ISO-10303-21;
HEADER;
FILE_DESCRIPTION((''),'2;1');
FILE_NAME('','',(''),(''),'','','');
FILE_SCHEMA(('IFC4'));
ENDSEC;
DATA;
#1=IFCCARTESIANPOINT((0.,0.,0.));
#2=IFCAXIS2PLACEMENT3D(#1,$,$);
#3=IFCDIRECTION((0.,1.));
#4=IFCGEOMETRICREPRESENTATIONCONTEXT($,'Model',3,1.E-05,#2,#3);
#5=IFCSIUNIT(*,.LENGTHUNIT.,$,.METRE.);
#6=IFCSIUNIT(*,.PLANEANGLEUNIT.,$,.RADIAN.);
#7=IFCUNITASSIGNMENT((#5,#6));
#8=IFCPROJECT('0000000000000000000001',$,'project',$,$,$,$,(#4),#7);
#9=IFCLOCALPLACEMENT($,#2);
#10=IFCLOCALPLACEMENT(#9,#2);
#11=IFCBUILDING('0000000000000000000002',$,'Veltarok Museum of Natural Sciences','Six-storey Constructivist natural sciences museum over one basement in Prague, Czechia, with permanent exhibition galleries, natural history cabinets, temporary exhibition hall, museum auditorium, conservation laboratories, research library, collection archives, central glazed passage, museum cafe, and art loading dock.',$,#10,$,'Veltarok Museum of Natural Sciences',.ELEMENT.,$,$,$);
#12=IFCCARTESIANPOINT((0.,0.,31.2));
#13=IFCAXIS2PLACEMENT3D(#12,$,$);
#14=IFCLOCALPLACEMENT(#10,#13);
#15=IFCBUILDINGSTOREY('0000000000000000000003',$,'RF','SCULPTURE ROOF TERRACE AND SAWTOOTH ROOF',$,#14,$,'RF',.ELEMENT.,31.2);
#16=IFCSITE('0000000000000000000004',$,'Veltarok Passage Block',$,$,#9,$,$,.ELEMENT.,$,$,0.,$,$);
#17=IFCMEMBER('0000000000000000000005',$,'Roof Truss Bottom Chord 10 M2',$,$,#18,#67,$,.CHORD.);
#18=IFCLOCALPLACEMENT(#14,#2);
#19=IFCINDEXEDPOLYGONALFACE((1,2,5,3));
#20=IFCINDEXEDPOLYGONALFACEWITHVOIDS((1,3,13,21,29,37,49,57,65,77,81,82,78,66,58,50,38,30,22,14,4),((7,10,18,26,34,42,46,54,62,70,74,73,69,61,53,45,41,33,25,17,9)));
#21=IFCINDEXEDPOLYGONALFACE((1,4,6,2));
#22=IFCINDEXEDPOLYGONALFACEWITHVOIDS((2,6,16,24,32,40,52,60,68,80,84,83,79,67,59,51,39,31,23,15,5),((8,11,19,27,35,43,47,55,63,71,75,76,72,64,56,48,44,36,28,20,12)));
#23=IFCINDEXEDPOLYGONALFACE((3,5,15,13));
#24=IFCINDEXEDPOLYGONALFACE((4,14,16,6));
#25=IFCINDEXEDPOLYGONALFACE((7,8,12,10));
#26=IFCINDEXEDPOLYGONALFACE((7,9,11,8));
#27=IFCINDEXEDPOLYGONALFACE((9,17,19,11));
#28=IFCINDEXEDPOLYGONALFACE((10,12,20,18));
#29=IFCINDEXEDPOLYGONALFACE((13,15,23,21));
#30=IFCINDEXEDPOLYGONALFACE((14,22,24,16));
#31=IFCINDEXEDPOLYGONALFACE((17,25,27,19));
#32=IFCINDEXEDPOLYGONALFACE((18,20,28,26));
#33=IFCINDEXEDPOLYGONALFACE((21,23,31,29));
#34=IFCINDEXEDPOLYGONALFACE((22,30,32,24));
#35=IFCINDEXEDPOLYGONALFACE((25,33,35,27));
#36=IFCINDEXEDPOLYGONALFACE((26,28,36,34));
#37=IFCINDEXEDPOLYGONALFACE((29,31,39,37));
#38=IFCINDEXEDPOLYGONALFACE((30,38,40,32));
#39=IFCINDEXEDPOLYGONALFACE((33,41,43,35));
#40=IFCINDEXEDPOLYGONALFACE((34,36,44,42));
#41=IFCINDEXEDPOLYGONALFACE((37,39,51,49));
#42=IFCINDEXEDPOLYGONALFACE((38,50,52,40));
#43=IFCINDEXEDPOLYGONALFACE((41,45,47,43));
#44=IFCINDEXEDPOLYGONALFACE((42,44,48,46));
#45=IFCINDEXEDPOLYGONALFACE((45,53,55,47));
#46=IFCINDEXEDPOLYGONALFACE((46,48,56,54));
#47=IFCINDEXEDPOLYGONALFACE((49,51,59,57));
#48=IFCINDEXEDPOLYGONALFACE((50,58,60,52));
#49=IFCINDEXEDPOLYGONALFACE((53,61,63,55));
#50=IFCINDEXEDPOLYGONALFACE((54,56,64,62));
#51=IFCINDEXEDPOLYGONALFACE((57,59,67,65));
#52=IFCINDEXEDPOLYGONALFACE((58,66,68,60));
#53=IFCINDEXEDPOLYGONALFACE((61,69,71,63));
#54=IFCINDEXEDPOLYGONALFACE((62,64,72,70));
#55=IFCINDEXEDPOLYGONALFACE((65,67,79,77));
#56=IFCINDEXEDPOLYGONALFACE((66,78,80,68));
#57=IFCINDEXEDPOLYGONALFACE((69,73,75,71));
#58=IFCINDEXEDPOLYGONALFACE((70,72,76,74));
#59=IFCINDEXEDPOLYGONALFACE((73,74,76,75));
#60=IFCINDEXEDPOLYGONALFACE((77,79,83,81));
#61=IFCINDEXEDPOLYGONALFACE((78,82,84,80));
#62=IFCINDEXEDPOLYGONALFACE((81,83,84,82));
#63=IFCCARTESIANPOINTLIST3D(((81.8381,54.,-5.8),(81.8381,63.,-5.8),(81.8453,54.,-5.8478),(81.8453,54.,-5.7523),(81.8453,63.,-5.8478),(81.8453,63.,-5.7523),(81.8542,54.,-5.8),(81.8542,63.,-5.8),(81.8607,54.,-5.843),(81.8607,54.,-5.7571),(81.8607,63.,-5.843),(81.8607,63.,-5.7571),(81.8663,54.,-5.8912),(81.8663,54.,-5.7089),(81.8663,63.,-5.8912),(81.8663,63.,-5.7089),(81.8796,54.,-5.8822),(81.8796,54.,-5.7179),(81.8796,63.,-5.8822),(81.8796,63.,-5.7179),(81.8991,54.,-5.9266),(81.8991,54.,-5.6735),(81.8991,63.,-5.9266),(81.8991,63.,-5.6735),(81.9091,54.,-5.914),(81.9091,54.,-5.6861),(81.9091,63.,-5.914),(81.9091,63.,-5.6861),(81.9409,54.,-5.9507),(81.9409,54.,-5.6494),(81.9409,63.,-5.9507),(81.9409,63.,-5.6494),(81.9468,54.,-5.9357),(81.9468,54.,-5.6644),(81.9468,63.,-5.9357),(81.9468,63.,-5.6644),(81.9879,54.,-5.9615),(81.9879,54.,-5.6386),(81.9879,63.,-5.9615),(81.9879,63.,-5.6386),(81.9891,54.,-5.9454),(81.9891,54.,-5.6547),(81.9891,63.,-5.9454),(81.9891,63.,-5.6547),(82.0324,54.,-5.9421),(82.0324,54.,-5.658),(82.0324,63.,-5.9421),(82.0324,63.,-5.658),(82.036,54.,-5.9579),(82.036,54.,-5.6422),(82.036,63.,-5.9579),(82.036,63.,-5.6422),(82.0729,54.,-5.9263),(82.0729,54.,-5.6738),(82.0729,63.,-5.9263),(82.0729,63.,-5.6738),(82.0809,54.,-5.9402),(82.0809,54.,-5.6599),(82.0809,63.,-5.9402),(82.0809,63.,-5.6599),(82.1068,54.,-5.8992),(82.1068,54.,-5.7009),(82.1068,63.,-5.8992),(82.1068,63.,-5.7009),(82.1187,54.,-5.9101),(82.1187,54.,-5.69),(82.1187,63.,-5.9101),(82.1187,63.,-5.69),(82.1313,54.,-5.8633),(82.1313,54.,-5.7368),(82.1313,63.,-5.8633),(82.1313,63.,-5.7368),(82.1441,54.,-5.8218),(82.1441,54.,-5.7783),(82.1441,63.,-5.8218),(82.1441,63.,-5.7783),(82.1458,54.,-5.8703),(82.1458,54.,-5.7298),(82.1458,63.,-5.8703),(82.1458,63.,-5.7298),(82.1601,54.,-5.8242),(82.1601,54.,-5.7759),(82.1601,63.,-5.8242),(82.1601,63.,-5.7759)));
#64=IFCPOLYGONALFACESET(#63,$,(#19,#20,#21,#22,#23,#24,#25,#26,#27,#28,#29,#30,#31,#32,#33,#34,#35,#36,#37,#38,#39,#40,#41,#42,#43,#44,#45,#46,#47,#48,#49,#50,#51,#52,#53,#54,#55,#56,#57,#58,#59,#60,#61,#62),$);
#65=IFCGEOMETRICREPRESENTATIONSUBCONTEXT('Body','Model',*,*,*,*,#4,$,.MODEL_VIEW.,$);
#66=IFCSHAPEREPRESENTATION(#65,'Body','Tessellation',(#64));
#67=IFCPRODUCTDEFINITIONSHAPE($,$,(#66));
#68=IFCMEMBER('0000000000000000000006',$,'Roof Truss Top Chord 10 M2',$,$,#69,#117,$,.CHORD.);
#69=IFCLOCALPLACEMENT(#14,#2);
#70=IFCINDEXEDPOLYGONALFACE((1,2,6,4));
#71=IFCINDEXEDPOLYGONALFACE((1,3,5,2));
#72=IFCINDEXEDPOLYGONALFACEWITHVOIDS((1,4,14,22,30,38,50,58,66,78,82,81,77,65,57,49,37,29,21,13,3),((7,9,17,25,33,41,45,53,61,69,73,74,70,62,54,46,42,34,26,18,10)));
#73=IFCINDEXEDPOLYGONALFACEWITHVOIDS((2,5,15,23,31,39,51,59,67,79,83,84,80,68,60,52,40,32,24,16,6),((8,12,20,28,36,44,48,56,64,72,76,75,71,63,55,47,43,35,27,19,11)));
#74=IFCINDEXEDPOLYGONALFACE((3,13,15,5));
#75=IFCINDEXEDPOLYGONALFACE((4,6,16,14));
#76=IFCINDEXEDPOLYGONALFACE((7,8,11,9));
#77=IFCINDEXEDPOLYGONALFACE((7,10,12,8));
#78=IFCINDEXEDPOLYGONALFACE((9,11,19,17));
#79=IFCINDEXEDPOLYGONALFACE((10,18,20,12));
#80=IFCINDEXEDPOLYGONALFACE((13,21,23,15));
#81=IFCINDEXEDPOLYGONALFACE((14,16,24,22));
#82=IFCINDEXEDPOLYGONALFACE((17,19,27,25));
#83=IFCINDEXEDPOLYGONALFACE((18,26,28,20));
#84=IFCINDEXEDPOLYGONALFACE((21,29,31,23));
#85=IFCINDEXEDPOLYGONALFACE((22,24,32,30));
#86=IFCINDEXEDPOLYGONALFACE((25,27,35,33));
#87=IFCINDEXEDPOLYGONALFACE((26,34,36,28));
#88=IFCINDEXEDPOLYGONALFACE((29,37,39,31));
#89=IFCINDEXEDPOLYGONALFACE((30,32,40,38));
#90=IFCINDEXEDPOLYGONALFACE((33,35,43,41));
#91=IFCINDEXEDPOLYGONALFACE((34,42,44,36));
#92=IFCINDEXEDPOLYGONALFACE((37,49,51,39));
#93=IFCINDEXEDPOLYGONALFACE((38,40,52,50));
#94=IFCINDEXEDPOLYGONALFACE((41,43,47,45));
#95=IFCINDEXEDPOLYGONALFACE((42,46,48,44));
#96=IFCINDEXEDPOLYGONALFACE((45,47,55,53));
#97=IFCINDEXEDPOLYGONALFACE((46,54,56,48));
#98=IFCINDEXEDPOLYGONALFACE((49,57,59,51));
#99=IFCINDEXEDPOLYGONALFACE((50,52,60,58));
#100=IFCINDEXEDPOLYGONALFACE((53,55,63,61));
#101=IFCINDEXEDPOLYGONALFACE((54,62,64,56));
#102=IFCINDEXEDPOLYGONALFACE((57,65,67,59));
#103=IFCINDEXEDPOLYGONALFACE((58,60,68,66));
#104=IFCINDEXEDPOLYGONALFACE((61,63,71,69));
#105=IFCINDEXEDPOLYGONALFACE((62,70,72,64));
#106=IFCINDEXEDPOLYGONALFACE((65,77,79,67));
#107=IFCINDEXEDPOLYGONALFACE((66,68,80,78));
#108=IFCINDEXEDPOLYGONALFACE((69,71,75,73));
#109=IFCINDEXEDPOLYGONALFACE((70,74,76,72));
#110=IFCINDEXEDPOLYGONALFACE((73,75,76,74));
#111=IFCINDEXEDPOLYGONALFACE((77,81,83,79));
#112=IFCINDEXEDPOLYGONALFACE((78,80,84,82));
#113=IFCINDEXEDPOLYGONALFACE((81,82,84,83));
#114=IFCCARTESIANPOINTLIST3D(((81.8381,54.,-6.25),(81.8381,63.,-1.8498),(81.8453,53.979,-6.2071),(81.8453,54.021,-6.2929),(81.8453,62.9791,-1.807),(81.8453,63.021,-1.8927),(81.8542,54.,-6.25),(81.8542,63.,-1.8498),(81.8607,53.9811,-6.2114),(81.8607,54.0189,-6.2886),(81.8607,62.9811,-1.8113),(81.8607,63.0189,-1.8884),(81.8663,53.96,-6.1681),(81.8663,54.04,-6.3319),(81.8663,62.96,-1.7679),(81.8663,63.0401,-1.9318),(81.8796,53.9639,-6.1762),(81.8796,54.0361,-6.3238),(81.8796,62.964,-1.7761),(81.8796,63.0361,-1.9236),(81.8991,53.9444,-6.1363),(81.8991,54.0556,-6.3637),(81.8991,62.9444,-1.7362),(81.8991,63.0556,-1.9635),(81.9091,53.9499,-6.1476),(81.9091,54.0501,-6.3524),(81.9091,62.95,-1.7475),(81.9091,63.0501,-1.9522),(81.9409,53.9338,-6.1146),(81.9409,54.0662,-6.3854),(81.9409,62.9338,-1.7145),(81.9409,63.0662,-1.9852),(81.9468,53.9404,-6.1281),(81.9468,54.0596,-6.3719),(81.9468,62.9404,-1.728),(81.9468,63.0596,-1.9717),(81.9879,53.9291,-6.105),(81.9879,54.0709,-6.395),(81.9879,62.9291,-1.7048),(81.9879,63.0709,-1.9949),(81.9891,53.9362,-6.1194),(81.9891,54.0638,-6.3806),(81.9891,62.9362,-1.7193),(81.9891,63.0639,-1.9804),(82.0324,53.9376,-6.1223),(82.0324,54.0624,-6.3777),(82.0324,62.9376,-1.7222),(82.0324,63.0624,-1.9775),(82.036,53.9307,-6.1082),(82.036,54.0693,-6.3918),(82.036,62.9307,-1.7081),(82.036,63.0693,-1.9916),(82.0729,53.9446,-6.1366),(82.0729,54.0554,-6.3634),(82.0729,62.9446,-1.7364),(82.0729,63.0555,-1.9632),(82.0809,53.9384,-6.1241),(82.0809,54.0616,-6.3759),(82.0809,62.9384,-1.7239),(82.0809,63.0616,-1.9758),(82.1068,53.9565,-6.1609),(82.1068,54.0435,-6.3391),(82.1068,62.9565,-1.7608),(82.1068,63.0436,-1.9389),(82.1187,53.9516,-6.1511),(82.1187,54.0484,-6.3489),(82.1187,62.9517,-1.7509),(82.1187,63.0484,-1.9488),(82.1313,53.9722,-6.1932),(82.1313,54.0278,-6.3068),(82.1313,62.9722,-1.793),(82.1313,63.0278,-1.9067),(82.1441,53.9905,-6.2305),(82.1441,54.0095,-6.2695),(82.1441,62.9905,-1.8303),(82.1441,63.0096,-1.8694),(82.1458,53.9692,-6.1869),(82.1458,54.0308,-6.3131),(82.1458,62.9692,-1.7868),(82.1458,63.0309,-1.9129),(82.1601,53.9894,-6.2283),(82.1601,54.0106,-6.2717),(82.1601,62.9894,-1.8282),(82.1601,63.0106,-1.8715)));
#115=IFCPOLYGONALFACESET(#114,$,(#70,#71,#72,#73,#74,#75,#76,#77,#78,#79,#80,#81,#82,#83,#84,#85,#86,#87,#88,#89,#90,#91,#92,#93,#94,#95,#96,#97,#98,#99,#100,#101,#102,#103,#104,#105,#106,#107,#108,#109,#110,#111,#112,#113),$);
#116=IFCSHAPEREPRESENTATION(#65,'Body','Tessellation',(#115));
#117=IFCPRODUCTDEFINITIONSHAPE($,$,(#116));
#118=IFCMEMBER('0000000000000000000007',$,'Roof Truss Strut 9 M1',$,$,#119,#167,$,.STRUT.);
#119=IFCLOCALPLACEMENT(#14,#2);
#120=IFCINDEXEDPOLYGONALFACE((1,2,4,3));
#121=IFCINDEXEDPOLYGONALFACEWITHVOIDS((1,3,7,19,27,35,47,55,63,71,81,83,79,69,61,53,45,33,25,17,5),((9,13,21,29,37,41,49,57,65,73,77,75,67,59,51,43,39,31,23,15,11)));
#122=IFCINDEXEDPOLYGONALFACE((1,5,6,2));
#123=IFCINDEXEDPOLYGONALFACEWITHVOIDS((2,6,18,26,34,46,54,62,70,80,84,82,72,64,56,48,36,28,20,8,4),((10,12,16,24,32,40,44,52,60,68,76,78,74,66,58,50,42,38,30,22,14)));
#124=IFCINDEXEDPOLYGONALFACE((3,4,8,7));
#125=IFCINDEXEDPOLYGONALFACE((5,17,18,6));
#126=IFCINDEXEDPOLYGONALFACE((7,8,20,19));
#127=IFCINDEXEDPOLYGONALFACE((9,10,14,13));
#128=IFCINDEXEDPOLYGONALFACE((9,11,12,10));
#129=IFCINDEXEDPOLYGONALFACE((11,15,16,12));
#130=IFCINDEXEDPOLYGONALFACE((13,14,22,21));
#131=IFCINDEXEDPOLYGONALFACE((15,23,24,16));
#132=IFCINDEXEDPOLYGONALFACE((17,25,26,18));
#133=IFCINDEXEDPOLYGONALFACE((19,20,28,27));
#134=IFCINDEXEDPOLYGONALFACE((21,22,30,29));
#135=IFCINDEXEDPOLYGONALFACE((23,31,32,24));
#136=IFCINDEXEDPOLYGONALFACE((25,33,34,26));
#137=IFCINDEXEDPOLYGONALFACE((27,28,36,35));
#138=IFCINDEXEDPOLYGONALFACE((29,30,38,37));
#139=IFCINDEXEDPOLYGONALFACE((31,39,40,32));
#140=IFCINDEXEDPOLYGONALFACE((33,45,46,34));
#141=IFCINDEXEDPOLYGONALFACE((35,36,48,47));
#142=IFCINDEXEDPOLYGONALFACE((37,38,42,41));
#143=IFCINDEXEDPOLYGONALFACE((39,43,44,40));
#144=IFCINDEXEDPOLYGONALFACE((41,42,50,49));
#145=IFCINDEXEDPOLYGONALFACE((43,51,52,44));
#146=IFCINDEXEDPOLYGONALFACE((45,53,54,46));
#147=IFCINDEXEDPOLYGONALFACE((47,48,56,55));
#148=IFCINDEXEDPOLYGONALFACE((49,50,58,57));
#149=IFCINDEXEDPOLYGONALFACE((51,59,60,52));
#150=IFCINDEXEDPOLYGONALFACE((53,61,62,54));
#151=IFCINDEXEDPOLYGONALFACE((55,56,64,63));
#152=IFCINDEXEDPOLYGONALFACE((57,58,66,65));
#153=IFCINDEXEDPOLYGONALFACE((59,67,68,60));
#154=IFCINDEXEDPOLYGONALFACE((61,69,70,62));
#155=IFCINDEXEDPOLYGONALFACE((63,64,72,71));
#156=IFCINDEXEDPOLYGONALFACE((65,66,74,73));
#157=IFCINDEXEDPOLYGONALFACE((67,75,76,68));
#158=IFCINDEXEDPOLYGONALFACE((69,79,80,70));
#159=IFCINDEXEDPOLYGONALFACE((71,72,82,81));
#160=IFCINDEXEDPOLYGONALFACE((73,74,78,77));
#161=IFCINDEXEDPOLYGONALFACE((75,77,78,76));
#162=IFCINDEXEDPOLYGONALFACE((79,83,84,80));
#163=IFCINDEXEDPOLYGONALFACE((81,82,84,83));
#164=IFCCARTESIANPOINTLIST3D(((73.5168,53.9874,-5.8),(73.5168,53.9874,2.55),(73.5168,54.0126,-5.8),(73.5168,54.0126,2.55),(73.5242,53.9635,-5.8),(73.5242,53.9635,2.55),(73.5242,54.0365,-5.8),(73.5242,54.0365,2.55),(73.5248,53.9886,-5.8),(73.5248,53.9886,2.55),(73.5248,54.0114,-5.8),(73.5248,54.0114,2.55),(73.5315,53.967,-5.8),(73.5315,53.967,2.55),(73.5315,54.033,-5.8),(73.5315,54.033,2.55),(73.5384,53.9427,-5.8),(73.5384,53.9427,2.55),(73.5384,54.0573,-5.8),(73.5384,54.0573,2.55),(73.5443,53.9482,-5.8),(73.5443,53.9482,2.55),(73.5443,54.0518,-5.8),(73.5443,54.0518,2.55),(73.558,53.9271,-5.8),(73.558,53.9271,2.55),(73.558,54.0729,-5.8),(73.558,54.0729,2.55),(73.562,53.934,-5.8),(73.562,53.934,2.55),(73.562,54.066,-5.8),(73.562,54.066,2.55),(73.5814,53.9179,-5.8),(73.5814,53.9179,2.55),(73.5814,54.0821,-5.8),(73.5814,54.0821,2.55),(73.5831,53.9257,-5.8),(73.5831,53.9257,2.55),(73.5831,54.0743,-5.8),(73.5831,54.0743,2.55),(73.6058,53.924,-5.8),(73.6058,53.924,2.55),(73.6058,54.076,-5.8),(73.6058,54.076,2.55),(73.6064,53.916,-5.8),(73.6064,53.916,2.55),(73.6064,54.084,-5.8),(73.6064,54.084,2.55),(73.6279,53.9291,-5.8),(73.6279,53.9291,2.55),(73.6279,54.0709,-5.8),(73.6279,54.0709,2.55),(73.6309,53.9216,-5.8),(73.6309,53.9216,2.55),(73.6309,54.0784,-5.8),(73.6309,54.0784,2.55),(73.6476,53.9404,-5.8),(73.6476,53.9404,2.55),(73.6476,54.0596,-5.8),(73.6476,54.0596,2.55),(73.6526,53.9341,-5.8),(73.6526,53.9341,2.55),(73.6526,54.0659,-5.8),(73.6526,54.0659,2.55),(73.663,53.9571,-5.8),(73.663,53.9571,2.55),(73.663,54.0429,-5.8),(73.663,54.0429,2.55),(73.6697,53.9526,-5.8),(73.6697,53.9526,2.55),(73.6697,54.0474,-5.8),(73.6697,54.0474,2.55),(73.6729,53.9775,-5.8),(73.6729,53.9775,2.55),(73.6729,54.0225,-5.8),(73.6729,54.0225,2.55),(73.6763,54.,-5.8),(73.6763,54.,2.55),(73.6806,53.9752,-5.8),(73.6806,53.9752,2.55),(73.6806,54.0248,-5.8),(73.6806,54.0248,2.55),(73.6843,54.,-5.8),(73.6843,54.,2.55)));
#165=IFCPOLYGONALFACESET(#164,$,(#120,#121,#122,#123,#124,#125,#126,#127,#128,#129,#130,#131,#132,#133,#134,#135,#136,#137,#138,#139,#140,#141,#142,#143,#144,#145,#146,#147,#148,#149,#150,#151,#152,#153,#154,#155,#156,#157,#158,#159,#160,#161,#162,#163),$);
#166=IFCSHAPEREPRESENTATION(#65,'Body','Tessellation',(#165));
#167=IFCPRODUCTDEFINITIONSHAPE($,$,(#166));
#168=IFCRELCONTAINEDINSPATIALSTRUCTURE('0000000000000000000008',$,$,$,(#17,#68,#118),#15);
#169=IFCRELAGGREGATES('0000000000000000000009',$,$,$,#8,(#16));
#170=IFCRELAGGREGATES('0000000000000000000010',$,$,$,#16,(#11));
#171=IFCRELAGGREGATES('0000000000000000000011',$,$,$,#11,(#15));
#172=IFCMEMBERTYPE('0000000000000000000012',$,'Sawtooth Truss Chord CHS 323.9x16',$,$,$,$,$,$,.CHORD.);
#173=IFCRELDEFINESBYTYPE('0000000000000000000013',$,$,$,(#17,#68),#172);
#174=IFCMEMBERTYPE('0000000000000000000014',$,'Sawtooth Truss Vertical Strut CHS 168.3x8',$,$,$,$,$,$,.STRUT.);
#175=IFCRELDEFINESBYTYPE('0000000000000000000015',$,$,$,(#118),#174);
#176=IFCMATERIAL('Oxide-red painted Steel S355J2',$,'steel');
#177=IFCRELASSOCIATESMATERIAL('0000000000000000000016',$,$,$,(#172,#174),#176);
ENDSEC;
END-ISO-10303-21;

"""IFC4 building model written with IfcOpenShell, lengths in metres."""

from ifc_helpers import new_model, si_unit, direction, frame, origin, origin_2d, place, context, subcontext, project, spatial, hollow_circle, extrude, material, material_profile, profile_set, type_object, element, save


model = new_model("IFC4")

# Units and contexts
model_context = context("Model", 3, precision=1e-05, world=origin(), true_north=direction((0.0, 1.0)))
body_context = subcontext(model_context, "Body", "Model", "MODEL_VIEW")
ifc_project = project(units=[si_unit("LENGTHUNIT", "METRE"), si_unit("PLANEANGLEUNIT", "RADIAN")], contexts=[model_context])

# Site, building, storey
site_placement = place(None, origin())
site = spatial("IfcSite", under=ifc_project, at=site_placement, Name="Veltarok Passage Block", CompositionType="ELEMENT", RefElevation=0.0)
building_placement = place(site_placement, origin())
building = spatial("IfcBuilding", under=site, at=building_placement, Name="Veltarok Museum of Natural Sciences", Description="Six-storey Constructivist natural sciences museum over one basement in Prague, Czechia, with permanent exhibition galleries, natural history cabinets, temporary exhibition hall, museum auditorium, conservation laboratories, research library, collection archives, central glazed passage, museum cafe, and art loading dock.", LongName="Veltarok Museum of Natural Sciences", CompositionType="ELEMENT")
storey_placement = place(building_placement, frame((0.0, 0.0, 31.2)))
storey = spatial("IfcBuildingStorey", under=building, at=storey_placement, Name="RF", Description="SCULPTURE ROOF TERRACE AND SAWTOOTH ROOF", LongName="RF", CompositionType="ELEMENT", Elevation=31.2)

# Members
ifc_material_1 = material(Name="Oxide-red painted Steel S355J2", Category="steel")
ifc_material_profile_1 = material_profile(ifc_material_1, hollow_circle(Radius=0.1619, WallThickness=0.0161, at=origin_2d()), Name="CHS 323.9x16")
ifc_profile_set_1 = profile_set([ifc_material_profile_1], Name="Oxide-red painted Steel S355J2")
member_type_1 = type_object("IfcMemberType", Name="Sawtooth Truss Chord CHS 323.9x16", PredefinedType="CHORD", material=ifc_profile_set_1)
member_1_placement = place(storey_placement, frame((82.0, 54.0, -5.8), z_axis=(0.0, 1.0, 0.0), x_axis=(-1.0, 0.0, 0.0)))
element("IfcMember", 1, at=member_1_placement, inside=storey, type_object=member_type_1, Name="Roof Truss Bottom Chord 10 M2", PredefinedType="CHORD", context=body_context, shape_type="SweptSolid", body=[
    extrude(hollow_circle(Radius=0.1619, WallThickness=0.0161, at=origin_2d()), origin(), (0.0, 0.0, 1.0), 9.0),
])
member_2_placement = place(storey_placement, frame((82.0, 54.0, -6.25), z_axis=(0.0, 0.898379, 0.439222), x_axis=(-1.0, 0.0, 0.0)))
element("IfcMember", 2, at=member_2_placement, inside=storey, type_object=member_type_1, Name="Roof Truss Top Chord 10 M2", PredefinedType="CHORD", context=body_context, shape_type="SweptSolid", body=[
    extrude(hollow_circle(Radius=0.1619, WallThickness=0.0161, at=origin_2d()), origin(), (0.0, 0.0, 1.0), 10.0181),
])
ifc_material_profile_2 = material_profile(ifc_material_1, hollow_circle(Radius=0.0842, WallThickness=0.0081, at=origin_2d()), Name="CHS 168.3x8")
ifc_profile_set_2 = profile_set([ifc_material_profile_2], Name="Oxide-red painted Steel S355J2")
member_type_2 = type_object("IfcMemberType", Name="Sawtooth Truss Vertical Strut CHS 168.3x8", PredefinedType="STRUT", material=ifc_profile_set_2)
member_3_placement = place(storey_placement, frame((73.6001, 54.0, -5.8), z_axis=(0.0, 0.0, 1.0), x_axis=(1.0, 0.0, 0.0)))
element("IfcMember", 3, at=member_3_placement, inside=storey, type_object=member_type_2, Name="Roof Truss Strut 9 M1", PredefinedType="STRUT", context=body_context, shape_type="SweptSolid", body=[
    extrude(hollow_circle(Radius=0.0842, WallThickness=0.0081, at=origin_2d()), origin(), (0.0, 0.0, 1.0), 8.3501),
])

save(model, "model.ifc")
